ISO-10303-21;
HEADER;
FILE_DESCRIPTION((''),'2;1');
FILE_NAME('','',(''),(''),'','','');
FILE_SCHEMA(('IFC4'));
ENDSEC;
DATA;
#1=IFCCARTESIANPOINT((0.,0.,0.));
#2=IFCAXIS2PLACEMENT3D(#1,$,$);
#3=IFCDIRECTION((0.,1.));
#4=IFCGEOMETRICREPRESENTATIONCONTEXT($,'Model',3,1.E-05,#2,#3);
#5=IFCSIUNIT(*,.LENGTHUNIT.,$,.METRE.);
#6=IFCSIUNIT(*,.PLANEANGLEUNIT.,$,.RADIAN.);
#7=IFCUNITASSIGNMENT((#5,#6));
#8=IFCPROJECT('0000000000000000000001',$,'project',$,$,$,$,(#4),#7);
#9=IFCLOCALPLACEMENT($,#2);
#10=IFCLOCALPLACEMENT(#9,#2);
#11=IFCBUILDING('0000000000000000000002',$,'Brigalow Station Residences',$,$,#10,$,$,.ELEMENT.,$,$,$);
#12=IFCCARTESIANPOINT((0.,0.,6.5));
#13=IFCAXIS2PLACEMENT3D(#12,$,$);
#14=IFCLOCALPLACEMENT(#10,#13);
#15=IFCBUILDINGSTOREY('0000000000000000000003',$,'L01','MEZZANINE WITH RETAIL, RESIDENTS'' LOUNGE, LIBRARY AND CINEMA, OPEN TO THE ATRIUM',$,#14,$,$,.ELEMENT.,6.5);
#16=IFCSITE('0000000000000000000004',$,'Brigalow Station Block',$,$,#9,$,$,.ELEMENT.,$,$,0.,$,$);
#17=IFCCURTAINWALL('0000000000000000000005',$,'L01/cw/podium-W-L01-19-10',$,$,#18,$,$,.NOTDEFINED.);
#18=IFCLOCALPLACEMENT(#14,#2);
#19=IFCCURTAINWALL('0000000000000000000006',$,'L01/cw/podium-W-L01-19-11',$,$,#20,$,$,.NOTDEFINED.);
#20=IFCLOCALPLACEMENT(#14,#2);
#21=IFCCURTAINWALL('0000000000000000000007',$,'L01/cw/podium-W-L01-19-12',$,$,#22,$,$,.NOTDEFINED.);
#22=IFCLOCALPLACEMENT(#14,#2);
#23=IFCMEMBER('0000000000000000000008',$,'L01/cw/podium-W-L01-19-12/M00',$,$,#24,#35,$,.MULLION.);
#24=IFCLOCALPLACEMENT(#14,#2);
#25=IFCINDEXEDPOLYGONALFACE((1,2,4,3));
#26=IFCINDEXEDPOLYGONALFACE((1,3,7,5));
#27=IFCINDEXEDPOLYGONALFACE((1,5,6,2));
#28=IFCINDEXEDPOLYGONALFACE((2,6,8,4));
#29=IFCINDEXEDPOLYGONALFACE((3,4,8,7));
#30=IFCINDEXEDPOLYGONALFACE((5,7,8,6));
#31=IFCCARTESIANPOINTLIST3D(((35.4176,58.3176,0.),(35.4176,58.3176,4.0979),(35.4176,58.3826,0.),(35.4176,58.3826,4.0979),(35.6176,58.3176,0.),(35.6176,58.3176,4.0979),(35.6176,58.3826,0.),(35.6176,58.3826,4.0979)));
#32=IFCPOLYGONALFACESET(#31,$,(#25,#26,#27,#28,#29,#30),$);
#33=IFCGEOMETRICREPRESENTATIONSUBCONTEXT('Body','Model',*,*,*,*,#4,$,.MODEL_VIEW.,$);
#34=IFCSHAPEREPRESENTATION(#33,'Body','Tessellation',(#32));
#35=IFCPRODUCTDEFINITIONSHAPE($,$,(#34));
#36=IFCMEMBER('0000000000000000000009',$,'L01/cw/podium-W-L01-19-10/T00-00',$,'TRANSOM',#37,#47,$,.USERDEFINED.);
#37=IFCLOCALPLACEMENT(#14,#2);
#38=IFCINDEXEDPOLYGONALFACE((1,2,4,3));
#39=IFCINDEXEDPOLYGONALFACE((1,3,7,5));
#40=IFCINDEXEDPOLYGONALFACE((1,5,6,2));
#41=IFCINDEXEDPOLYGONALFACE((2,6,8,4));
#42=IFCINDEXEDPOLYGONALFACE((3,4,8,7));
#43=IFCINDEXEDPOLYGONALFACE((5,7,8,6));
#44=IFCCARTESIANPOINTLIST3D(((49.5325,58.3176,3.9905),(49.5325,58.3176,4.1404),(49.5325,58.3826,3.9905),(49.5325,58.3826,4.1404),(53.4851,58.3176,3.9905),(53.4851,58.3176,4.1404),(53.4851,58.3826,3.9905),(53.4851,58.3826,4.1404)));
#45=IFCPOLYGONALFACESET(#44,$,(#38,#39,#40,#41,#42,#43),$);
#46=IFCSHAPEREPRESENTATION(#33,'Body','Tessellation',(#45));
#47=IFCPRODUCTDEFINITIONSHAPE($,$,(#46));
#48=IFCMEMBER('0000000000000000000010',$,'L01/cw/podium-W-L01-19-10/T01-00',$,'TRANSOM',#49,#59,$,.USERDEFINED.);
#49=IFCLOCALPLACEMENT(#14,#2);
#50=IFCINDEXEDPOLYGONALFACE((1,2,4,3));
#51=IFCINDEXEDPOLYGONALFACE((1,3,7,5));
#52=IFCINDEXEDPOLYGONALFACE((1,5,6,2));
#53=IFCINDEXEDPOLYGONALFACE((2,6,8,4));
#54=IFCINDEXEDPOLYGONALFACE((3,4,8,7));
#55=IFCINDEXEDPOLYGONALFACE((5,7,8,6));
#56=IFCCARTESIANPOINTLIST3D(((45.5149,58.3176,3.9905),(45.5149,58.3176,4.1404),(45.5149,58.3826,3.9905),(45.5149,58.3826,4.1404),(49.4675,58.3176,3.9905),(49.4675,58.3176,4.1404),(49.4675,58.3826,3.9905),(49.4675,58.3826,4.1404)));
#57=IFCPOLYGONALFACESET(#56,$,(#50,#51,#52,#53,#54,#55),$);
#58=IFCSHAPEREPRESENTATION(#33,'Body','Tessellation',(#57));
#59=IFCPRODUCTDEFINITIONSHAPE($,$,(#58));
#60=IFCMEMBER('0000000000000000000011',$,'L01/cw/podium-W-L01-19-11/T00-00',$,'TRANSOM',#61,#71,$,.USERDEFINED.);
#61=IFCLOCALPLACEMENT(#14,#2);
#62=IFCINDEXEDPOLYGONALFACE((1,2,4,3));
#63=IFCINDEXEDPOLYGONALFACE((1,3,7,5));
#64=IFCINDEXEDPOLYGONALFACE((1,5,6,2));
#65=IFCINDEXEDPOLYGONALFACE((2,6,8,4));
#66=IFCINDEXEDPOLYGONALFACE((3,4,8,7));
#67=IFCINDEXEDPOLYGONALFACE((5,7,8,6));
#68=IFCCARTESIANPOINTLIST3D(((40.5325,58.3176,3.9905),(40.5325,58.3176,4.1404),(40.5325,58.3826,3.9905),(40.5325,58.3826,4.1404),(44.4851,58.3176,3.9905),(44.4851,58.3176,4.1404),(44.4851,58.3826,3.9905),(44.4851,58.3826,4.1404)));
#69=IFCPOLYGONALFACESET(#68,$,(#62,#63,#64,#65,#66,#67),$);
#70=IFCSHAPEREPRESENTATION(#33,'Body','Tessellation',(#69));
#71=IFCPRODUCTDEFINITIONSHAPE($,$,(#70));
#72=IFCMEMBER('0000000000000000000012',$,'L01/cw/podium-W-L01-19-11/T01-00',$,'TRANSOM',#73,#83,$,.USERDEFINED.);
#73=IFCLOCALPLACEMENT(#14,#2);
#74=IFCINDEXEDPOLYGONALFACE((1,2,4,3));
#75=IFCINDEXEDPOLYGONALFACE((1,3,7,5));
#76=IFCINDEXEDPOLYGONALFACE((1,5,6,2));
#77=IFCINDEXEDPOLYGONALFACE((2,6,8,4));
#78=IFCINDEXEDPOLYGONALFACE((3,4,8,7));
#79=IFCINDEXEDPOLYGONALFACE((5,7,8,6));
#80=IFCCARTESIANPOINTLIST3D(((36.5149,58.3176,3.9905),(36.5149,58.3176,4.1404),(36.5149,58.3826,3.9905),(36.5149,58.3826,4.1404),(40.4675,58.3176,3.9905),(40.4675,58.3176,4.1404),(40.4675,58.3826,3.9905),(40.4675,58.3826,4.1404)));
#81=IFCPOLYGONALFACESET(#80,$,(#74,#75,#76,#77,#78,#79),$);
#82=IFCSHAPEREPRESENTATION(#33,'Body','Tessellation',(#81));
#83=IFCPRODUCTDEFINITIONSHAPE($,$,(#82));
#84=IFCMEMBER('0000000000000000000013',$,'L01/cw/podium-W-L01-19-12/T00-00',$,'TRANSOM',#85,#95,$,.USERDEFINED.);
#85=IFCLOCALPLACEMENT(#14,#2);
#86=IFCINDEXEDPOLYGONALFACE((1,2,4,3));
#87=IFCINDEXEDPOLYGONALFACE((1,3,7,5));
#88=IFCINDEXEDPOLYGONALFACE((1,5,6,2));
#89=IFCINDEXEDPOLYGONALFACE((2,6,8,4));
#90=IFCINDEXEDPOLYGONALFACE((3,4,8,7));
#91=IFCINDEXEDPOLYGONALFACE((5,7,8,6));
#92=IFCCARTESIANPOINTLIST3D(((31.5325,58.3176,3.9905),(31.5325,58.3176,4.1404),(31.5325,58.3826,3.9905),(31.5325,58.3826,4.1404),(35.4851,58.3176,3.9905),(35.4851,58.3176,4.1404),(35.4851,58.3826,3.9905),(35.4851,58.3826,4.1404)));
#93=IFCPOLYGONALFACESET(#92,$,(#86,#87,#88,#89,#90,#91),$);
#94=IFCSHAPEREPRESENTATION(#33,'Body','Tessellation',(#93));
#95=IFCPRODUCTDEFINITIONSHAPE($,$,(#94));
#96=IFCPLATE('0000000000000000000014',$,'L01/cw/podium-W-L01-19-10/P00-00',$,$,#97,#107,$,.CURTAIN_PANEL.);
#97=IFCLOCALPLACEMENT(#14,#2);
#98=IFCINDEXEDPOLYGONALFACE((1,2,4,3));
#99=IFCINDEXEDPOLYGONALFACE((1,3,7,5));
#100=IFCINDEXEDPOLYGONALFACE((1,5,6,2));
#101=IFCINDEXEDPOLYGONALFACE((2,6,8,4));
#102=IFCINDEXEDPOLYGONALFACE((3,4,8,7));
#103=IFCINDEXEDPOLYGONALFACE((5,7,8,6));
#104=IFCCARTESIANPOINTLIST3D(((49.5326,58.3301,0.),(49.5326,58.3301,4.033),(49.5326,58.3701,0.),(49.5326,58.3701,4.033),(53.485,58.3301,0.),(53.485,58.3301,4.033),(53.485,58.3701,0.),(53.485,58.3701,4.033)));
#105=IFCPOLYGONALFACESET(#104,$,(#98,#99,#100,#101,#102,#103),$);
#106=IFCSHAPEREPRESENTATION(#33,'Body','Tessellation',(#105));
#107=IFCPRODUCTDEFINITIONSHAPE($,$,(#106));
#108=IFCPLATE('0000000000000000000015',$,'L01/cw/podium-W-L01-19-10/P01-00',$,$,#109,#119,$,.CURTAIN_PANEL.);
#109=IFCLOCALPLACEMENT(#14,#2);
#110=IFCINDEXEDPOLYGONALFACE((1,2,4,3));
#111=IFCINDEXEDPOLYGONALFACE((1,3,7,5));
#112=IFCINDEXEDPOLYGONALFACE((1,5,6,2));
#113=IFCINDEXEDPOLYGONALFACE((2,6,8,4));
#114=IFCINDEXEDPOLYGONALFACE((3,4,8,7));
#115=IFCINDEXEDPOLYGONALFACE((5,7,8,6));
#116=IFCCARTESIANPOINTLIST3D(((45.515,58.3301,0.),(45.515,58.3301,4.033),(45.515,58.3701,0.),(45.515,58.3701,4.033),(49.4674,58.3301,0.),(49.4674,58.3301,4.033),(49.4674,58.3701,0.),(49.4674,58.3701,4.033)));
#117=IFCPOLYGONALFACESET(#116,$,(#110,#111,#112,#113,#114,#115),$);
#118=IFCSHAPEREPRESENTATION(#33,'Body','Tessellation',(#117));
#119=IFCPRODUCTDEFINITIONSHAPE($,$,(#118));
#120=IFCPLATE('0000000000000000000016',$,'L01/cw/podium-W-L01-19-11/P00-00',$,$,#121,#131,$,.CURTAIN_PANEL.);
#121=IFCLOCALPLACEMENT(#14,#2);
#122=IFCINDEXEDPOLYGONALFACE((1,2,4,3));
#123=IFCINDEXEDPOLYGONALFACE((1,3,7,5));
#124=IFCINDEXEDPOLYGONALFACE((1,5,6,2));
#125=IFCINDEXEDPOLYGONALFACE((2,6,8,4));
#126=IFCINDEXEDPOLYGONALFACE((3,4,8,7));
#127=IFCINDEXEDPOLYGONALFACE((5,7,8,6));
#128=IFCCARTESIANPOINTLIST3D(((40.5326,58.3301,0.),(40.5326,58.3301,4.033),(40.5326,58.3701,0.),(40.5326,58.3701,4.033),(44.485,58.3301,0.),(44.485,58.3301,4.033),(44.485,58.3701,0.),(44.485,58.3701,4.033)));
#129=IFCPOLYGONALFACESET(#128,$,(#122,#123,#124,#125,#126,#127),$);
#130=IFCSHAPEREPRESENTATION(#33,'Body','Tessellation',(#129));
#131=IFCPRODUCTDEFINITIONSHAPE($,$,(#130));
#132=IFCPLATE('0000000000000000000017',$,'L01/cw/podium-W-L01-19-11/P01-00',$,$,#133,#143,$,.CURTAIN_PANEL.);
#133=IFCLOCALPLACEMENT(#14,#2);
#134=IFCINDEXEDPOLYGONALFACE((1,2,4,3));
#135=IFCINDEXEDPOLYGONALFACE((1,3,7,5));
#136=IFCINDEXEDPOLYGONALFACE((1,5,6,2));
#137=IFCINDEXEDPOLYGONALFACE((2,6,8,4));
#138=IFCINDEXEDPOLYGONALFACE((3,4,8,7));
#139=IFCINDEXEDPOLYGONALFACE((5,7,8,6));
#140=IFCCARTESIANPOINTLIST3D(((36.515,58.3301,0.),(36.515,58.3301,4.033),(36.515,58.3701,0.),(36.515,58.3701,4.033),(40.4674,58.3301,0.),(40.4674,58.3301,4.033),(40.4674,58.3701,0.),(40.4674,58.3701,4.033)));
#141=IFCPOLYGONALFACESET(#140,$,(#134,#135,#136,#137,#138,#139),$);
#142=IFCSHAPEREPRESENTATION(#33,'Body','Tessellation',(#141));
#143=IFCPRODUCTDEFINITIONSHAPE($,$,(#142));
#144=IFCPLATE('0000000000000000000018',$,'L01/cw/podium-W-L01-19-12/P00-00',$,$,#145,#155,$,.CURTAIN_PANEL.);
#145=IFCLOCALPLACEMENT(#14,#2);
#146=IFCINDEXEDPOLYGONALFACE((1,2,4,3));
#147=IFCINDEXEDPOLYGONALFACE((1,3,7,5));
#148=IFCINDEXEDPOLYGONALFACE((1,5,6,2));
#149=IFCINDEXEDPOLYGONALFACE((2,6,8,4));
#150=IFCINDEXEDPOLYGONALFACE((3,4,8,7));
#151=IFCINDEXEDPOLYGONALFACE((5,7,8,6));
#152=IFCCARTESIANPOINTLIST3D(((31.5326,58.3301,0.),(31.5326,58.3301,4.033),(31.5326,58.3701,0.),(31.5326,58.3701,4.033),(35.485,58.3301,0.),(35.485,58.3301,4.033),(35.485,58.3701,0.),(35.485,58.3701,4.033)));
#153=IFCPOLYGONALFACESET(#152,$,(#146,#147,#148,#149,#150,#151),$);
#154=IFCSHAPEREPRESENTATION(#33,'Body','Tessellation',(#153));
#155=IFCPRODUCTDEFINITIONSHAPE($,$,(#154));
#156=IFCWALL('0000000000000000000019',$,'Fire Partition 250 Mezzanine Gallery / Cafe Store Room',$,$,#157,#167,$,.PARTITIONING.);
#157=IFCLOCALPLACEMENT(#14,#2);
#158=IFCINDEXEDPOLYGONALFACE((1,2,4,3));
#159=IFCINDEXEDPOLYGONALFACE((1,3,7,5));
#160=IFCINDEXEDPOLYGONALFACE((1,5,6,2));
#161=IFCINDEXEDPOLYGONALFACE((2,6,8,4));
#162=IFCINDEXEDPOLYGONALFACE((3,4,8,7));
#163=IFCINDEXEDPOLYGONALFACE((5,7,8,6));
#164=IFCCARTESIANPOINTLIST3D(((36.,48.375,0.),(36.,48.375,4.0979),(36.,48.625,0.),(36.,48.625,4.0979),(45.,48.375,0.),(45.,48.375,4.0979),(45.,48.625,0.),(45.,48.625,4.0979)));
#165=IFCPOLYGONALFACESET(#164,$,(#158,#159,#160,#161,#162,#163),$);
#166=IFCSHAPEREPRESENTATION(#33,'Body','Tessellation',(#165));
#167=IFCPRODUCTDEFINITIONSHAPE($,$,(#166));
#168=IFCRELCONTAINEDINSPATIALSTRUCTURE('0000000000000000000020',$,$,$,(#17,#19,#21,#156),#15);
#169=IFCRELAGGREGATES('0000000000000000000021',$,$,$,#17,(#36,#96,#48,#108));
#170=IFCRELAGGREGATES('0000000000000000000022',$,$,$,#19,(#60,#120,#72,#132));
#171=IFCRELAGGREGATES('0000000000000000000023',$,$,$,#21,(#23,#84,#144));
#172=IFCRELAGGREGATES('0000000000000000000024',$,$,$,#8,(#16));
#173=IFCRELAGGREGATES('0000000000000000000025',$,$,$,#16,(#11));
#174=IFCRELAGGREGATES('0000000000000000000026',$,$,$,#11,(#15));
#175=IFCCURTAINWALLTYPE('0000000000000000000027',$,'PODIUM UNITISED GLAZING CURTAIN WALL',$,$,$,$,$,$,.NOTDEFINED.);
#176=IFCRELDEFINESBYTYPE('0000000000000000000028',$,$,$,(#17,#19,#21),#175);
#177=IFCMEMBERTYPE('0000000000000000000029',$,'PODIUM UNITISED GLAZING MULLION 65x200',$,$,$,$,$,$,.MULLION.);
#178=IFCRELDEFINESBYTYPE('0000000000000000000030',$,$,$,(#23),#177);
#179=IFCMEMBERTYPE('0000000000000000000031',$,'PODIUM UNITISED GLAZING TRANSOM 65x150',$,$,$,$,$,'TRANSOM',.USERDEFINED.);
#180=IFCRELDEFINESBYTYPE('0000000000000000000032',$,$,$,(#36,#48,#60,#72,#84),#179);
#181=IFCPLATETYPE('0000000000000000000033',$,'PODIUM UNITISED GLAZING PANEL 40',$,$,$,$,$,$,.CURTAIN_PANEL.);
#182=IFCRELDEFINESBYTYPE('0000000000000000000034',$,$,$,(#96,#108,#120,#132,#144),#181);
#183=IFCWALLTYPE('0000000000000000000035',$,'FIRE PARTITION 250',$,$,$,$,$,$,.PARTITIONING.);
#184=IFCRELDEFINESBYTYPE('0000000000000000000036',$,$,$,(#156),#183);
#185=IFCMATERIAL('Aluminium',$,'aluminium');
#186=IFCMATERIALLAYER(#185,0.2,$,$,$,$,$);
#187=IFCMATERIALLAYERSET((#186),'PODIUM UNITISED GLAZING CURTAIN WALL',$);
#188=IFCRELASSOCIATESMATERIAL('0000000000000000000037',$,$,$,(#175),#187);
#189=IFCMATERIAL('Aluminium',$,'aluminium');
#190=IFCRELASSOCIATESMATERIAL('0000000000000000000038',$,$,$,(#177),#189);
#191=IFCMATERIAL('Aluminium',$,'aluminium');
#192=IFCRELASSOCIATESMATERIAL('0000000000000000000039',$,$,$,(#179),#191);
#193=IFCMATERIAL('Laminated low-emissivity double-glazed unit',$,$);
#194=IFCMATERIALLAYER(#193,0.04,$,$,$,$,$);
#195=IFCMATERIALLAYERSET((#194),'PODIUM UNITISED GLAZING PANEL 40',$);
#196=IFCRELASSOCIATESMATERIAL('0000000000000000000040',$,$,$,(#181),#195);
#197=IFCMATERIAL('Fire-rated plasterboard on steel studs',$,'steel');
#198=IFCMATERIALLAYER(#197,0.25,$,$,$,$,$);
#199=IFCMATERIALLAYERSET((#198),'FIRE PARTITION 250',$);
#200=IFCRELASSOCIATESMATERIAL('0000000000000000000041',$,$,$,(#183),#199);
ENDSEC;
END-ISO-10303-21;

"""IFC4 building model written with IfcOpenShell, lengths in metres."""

from ifc_helpers import new_model, si_unit, direction, frame, frame_2d, origin, origin_2d, place, context, subcontext, project, spatial, rectangle, extrude, material, layer, layer_set, material_profile, profile_set, type_object, element, aggregate, save


model = new_model("IFC4")

# Units and contexts
model_context = context("Model", 3, precision=1e-05, world=origin(), true_north=direction((0.0, 1.0)))
body_context = subcontext(model_context, "Body", "Model", "MODEL_VIEW")
ifc_project = project(units=[si_unit("LENGTHUNIT", "METRE"), si_unit("PLANEANGLEUNIT", "RADIAN")], contexts=[model_context])

# Site, building, storey
site_placement = place(None, origin())
site = spatial("IfcSite", under=ifc_project, at=site_placement, Name="Brigalow Station Block", CompositionType="ELEMENT", RefElevation=0.0)
building_placement = place(site_placement, origin())
building = spatial("IfcBuilding", under=site, at=building_placement, Name="Brigalow Station Residences", CompositionType="ELEMENT")
storey_placement = place(building_placement, frame((0.0, 0.0, 6.5)))
storey = spatial("IfcBuildingStorey", under=building, at=storey_placement, Name="L01", Description="MEZZANINE WITH RETAIL, RESIDENTS' LOUNGE, LIBRARY AND CINEMA, OPEN TO THE ATRIUM", CompositionType="ELEMENT", Elevation=6.5)

# Curtain walls
ifc_material_1 = material(Name="Aluminium", Category="aluminium")
ifc_layer_1 = layer(ifc_material_1, 0.2)
ifc_layer_set_1 = layer_set([ifc_layer_1], Name="PODIUM UNITISED GLAZING CURTAIN WALL")
curtain_wall_type = type_object("IfcCurtainWallType", Name="PODIUM UNITISED GLAZING CURTAIN WALL", PredefinedType="NOTDEFINED", material=ifc_layer_set_1)
curtain_wall_1_placement = place(storey_placement, origin())
curtain_wall_1 = element("IfcCurtainWall", 1, at=curtain_wall_1_placement, inside=storey, type_object=curtain_wall_type, Name="L01/cw/podium-W-L01-19-10", PredefinedType="NOTDEFINED")
ifc_material_2 = material(Name="Aluminium", Category="aluminium")
ifc_material_profile_1 = material_profile(ifc_material_2, rectangle(XDim=0.0649, YDim=0.2, at=origin_2d()), Name="PODIUM UNITISED GLAZING MULLION 65x200")
ifc_profile_set_1 = profile_set([ifc_material_profile_1], Name="Aluminium")
member_type_1 = type_object("IfcMemberType", Name="PODIUM UNITISED GLAZING MULLION 65x200", PredefinedType="MULLION", material=ifc_profile_set_1)
curtain_wall_2_placement = place(storey_placement, origin())
curtain_wall_2 = element("IfcCurtainWall", 2, at=curtain_wall_2_placement, inside=storey, type_object=curtain_wall_type, Name="L01/cw/podium-W-L01-19-11", PredefinedType="NOTDEFINED")

# Curtain wall, member
curtain_wall_3_placement = place(storey_placement, origin())
curtain_wall_3 = element("IfcCurtainWall", 3, at=curtain_wall_3_placement, inside=storey, type_object=curtain_wall_type, Name="L01/cw/podium-W-L01-19-12", PredefinedType="NOTDEFINED")
member_1_placement = place(storey_placement, frame((35.5176, 58.3501, 0.0), z_axis=(0.0, 0.0, 1.0), x_axis=(0.0, -1.0, 0.0)))
member_1 = element("IfcMember", 4, at=member_1_placement, type_object=member_type_1, Name="L01/cw/podium-W-L01-19-12/M00", PredefinedType="MULLION", context=body_context, shape_type="SweptSolid", body=[
    extrude(rectangle(XDim=0.0649, YDim=0.2, at=origin_2d()), origin(), (0.0, 0.0, 1.0), 4.0979),
])

# Members
ifc_material_3 = material(Name="Aluminium", Category="aluminium")
ifc_material_profile_2 = material_profile(ifc_material_3, rectangle(XDim=0.0649, YDim=0.1499, at=origin_2d()), Name="PODIUM UNITISED GLAZING TRANSOM 65x150")
ifc_profile_set_2 = profile_set([ifc_material_profile_2], Name="Aluminium")
member_type_2 = type_object("IfcMemberType", Name="PODIUM UNITISED GLAZING TRANSOM 65x150", ElementType="TRANSOM", PredefinedType="USERDEFINED", material=ifc_profile_set_2)
member_2_placement = place(storey_placement, frame((53.4851, 58.3501, 4.0654), z_axis=(-1.0, 0.0, 0.0), x_axis=(0.0, -1.0, 0.0)))
member_2 = element("IfcMember", 5, at=member_2_placement, type_object=member_type_2, Name="L01/cw/podium-W-L01-19-10/T00-00", ObjectType="TRANSOM", PredefinedType="USERDEFINED", context=body_context, shape_type="SweptSolid", body=[
    extrude(rectangle(XDim=0.0649, YDim=0.1499, at=origin_2d()), origin(), (0.0, 0.0, 1.0), 3.9526),
])
member_3_placement = place(storey_placement, frame((49.4675, 58.3501, 4.0654), z_axis=(-1.0, 0.0, 0.0), x_axis=(0.0, -1.0, 0.0)))
member_3 = element("IfcMember", 6, at=member_3_placement, type_object=member_type_2, Name="L01/cw/podium-W-L01-19-10/T01-00", ObjectType="TRANSOM", PredefinedType="USERDEFINED", context=body_context, shape_type="SweptSolid", body=[
    extrude(rectangle(XDim=0.0649, YDim=0.1499, at=origin_2d()), origin(), (0.0, 0.0, 1.0), 3.9526),
])
member_4_placement = place(storey_placement, frame((44.4851, 58.3501, 4.0654), z_axis=(-1.0, 0.0, 0.0), x_axis=(0.0, -1.0, 0.0)))
member_4 = element("IfcMember", 7, at=member_4_placement, type_object=member_type_2, Name="L01/cw/podium-W-L01-19-11/T00-00", ObjectType="TRANSOM", PredefinedType="USERDEFINED", context=body_context, shape_type="SweptSolid", body=[
    extrude(rectangle(XDim=0.0649, YDim=0.1499, at=origin_2d()), origin(), (0.0, 0.0, 1.0), 3.9526),
])
member_5_placement = place(storey_placement, frame((40.4675, 58.3501, 4.0654), z_axis=(-1.0, 0.0, 0.0), x_axis=(0.0, -1.0, 0.0)))
member_5 = element("IfcMember", 8, at=member_5_placement, type_object=member_type_2, Name="L01/cw/podium-W-L01-19-11/T01-00", ObjectType="TRANSOM", PredefinedType="USERDEFINED", context=body_context, shape_type="SweptSolid", body=[
    extrude(rectangle(XDim=0.0649, YDim=0.1499, at=origin_2d()), origin(), (0.0, 0.0, 1.0), 3.9526),
])
member_6_placement = place(storey_placement, frame((35.4851, 58.3501, 4.0654), z_axis=(-1.0, 0.0, 0.0), x_axis=(0.0, -1.0, 0.0)))
member_6 = element("IfcMember", 9, at=member_6_placement, type_object=member_type_2, Name="L01/cw/podium-W-L01-19-12/T00-00", ObjectType="TRANSOM", PredefinedType="USERDEFINED", context=body_context, shape_type="SweptSolid", body=[
    extrude(rectangle(XDim=0.0649, YDim=0.1499, at=origin_2d()), origin(), (0.0, 0.0, 1.0), 3.9526),
])

# Plates
ifc_material_4 = material(Name="Laminated low-emissivity double-glazed unit")
ifc_layer_2 = layer(ifc_material_4, 0.04)
ifc_layer_set_2 = layer_set([ifc_layer_2], Name="PODIUM UNITISED GLAZING PANEL 40")
plate_type = type_object("IfcPlateType", Name="PODIUM UNITISED GLAZING PANEL 40", PredefinedType="CURTAIN_PANEL", material=ifc_layer_set_2)
plate_1_placement = place(storey_placement, frame((51.5088, 58.3501, 0.0), z_axis=(0.0, 0.0, 1.0), x_axis=(-1.0, 0.0, 0.0)))
plate_1 = element("IfcPlate", 10, at=plate_1_placement, type_object=plate_type, Name="L01/cw/podium-W-L01-19-10/P00-00", PredefinedType="CURTAIN_PANEL", context=body_context, shape_type="SweptSolid", body=[
    extrude(rectangle(XDim=3.9524, YDim=0.04, at=origin_2d()), origin(), (0.0, 0.0, 1.0), 4.033),
])
plate_2_placement = place(storey_placement, frame((47.4912, 58.3501, 0.0), z_axis=(0.0, 0.0, 1.0), x_axis=(-1.0, 0.0, 0.0)))
plate_2 = element("IfcPlate", 11, at=plate_2_placement, type_object=plate_type, Name="L01/cw/podium-W-L01-19-10/P01-00", PredefinedType="CURTAIN_PANEL", context=body_context, shape_type="SweptSolid", body=[
    extrude(rectangle(XDim=3.9524, YDim=0.04, at=origin_2d()), origin(), (0.0, 0.0, 1.0), 4.033),
])
aggregate(curtain_wall_1, [member_2, plate_1, member_3, plate_2])
plate_3_placement = place(storey_placement, frame((42.5088, 58.3501, 0.0), z_axis=(0.0, 0.0, 1.0), x_axis=(-1.0, 0.0, 0.0)))
plate_3 = element("IfcPlate", 12, at=plate_3_placement, type_object=plate_type, Name="L01/cw/podium-W-L01-19-11/P00-00", PredefinedType="CURTAIN_PANEL", context=body_context, shape_type="SweptSolid", body=[
    extrude(rectangle(XDim=3.9524, YDim=0.04, at=origin_2d()), origin(), (0.0, 0.0, 1.0), 4.033),
])
plate_4_placement = place(storey_placement, frame((38.4912, 58.3501, 0.0), z_axis=(0.0, 0.0, 1.0), x_axis=(-1.0, 0.0, 0.0)))
plate_4 = element("IfcPlate", 13, at=plate_4_placement, type_object=plate_type, Name="L01/cw/podium-W-L01-19-11/P01-00", PredefinedType="CURTAIN_PANEL", context=body_context, shape_type="SweptSolid", body=[
    extrude(rectangle(XDim=3.9524, YDim=0.04, at=origin_2d()), origin(), (0.0, 0.0, 1.0), 4.033),
])
aggregate(curtain_wall_2, [member_4, plate_3, member_5, plate_4])
plate_5_placement = place(storey_placement, frame((33.5088, 58.3501, 0.0), z_axis=(0.0, 0.0, 1.0), x_axis=(-1.0, 0.0, 0.0)))
plate_5 = element("IfcPlate", 14, at=plate_5_placement, type_object=plate_type, Name="L01/cw/podium-W-L01-19-12/P00-00", PredefinedType="CURTAIN_PANEL", context=body_context, shape_type="SweptSolid", body=[
    extrude(rectangle(XDim=3.9524, YDim=0.04, at=origin_2d()), origin(), (0.0, 0.0, 1.0), 4.033),
])
aggregate(curtain_wall_3, [member_1, member_6, plate_5])

# Wall
ifc_material_5 = material(Name="Fire-rated plasterboard on steel studs", Category="steel")
ifc_layer_3 = layer(ifc_material_5, 0.25)
ifc_layer_set_3 = layer_set([ifc_layer_3], Name="FIRE PARTITION 250")
wall_type_1 = type_object("IfcWallType", Name="FIRE PARTITION 250", PredefinedType="PARTITIONING", material=ifc_layer_set_3)
wall_1_placement = place(storey_placement, frame((36.0, 48.5, 0.0), z_axis=(0.0, 0.0, 1.0), x_axis=(1.0, 0.0, 0.0)))
element("IfcWall", 15, at=wall_1_placement, inside=storey, type_object=wall_type_1, Name="Fire Partition 250 Mezzanine Gallery / Cafe Store Room", PredefinedType="PARTITIONING", context=body_context, shape_type="SweptSolid", body=[
    extrude(rectangle(XDim=9.0, YDim=0.25, at=frame_2d((4.5, 0.0))), origin(), (0.0, 0.0, 1.0), 4.0979),
])

save(model, "model.ifc")
